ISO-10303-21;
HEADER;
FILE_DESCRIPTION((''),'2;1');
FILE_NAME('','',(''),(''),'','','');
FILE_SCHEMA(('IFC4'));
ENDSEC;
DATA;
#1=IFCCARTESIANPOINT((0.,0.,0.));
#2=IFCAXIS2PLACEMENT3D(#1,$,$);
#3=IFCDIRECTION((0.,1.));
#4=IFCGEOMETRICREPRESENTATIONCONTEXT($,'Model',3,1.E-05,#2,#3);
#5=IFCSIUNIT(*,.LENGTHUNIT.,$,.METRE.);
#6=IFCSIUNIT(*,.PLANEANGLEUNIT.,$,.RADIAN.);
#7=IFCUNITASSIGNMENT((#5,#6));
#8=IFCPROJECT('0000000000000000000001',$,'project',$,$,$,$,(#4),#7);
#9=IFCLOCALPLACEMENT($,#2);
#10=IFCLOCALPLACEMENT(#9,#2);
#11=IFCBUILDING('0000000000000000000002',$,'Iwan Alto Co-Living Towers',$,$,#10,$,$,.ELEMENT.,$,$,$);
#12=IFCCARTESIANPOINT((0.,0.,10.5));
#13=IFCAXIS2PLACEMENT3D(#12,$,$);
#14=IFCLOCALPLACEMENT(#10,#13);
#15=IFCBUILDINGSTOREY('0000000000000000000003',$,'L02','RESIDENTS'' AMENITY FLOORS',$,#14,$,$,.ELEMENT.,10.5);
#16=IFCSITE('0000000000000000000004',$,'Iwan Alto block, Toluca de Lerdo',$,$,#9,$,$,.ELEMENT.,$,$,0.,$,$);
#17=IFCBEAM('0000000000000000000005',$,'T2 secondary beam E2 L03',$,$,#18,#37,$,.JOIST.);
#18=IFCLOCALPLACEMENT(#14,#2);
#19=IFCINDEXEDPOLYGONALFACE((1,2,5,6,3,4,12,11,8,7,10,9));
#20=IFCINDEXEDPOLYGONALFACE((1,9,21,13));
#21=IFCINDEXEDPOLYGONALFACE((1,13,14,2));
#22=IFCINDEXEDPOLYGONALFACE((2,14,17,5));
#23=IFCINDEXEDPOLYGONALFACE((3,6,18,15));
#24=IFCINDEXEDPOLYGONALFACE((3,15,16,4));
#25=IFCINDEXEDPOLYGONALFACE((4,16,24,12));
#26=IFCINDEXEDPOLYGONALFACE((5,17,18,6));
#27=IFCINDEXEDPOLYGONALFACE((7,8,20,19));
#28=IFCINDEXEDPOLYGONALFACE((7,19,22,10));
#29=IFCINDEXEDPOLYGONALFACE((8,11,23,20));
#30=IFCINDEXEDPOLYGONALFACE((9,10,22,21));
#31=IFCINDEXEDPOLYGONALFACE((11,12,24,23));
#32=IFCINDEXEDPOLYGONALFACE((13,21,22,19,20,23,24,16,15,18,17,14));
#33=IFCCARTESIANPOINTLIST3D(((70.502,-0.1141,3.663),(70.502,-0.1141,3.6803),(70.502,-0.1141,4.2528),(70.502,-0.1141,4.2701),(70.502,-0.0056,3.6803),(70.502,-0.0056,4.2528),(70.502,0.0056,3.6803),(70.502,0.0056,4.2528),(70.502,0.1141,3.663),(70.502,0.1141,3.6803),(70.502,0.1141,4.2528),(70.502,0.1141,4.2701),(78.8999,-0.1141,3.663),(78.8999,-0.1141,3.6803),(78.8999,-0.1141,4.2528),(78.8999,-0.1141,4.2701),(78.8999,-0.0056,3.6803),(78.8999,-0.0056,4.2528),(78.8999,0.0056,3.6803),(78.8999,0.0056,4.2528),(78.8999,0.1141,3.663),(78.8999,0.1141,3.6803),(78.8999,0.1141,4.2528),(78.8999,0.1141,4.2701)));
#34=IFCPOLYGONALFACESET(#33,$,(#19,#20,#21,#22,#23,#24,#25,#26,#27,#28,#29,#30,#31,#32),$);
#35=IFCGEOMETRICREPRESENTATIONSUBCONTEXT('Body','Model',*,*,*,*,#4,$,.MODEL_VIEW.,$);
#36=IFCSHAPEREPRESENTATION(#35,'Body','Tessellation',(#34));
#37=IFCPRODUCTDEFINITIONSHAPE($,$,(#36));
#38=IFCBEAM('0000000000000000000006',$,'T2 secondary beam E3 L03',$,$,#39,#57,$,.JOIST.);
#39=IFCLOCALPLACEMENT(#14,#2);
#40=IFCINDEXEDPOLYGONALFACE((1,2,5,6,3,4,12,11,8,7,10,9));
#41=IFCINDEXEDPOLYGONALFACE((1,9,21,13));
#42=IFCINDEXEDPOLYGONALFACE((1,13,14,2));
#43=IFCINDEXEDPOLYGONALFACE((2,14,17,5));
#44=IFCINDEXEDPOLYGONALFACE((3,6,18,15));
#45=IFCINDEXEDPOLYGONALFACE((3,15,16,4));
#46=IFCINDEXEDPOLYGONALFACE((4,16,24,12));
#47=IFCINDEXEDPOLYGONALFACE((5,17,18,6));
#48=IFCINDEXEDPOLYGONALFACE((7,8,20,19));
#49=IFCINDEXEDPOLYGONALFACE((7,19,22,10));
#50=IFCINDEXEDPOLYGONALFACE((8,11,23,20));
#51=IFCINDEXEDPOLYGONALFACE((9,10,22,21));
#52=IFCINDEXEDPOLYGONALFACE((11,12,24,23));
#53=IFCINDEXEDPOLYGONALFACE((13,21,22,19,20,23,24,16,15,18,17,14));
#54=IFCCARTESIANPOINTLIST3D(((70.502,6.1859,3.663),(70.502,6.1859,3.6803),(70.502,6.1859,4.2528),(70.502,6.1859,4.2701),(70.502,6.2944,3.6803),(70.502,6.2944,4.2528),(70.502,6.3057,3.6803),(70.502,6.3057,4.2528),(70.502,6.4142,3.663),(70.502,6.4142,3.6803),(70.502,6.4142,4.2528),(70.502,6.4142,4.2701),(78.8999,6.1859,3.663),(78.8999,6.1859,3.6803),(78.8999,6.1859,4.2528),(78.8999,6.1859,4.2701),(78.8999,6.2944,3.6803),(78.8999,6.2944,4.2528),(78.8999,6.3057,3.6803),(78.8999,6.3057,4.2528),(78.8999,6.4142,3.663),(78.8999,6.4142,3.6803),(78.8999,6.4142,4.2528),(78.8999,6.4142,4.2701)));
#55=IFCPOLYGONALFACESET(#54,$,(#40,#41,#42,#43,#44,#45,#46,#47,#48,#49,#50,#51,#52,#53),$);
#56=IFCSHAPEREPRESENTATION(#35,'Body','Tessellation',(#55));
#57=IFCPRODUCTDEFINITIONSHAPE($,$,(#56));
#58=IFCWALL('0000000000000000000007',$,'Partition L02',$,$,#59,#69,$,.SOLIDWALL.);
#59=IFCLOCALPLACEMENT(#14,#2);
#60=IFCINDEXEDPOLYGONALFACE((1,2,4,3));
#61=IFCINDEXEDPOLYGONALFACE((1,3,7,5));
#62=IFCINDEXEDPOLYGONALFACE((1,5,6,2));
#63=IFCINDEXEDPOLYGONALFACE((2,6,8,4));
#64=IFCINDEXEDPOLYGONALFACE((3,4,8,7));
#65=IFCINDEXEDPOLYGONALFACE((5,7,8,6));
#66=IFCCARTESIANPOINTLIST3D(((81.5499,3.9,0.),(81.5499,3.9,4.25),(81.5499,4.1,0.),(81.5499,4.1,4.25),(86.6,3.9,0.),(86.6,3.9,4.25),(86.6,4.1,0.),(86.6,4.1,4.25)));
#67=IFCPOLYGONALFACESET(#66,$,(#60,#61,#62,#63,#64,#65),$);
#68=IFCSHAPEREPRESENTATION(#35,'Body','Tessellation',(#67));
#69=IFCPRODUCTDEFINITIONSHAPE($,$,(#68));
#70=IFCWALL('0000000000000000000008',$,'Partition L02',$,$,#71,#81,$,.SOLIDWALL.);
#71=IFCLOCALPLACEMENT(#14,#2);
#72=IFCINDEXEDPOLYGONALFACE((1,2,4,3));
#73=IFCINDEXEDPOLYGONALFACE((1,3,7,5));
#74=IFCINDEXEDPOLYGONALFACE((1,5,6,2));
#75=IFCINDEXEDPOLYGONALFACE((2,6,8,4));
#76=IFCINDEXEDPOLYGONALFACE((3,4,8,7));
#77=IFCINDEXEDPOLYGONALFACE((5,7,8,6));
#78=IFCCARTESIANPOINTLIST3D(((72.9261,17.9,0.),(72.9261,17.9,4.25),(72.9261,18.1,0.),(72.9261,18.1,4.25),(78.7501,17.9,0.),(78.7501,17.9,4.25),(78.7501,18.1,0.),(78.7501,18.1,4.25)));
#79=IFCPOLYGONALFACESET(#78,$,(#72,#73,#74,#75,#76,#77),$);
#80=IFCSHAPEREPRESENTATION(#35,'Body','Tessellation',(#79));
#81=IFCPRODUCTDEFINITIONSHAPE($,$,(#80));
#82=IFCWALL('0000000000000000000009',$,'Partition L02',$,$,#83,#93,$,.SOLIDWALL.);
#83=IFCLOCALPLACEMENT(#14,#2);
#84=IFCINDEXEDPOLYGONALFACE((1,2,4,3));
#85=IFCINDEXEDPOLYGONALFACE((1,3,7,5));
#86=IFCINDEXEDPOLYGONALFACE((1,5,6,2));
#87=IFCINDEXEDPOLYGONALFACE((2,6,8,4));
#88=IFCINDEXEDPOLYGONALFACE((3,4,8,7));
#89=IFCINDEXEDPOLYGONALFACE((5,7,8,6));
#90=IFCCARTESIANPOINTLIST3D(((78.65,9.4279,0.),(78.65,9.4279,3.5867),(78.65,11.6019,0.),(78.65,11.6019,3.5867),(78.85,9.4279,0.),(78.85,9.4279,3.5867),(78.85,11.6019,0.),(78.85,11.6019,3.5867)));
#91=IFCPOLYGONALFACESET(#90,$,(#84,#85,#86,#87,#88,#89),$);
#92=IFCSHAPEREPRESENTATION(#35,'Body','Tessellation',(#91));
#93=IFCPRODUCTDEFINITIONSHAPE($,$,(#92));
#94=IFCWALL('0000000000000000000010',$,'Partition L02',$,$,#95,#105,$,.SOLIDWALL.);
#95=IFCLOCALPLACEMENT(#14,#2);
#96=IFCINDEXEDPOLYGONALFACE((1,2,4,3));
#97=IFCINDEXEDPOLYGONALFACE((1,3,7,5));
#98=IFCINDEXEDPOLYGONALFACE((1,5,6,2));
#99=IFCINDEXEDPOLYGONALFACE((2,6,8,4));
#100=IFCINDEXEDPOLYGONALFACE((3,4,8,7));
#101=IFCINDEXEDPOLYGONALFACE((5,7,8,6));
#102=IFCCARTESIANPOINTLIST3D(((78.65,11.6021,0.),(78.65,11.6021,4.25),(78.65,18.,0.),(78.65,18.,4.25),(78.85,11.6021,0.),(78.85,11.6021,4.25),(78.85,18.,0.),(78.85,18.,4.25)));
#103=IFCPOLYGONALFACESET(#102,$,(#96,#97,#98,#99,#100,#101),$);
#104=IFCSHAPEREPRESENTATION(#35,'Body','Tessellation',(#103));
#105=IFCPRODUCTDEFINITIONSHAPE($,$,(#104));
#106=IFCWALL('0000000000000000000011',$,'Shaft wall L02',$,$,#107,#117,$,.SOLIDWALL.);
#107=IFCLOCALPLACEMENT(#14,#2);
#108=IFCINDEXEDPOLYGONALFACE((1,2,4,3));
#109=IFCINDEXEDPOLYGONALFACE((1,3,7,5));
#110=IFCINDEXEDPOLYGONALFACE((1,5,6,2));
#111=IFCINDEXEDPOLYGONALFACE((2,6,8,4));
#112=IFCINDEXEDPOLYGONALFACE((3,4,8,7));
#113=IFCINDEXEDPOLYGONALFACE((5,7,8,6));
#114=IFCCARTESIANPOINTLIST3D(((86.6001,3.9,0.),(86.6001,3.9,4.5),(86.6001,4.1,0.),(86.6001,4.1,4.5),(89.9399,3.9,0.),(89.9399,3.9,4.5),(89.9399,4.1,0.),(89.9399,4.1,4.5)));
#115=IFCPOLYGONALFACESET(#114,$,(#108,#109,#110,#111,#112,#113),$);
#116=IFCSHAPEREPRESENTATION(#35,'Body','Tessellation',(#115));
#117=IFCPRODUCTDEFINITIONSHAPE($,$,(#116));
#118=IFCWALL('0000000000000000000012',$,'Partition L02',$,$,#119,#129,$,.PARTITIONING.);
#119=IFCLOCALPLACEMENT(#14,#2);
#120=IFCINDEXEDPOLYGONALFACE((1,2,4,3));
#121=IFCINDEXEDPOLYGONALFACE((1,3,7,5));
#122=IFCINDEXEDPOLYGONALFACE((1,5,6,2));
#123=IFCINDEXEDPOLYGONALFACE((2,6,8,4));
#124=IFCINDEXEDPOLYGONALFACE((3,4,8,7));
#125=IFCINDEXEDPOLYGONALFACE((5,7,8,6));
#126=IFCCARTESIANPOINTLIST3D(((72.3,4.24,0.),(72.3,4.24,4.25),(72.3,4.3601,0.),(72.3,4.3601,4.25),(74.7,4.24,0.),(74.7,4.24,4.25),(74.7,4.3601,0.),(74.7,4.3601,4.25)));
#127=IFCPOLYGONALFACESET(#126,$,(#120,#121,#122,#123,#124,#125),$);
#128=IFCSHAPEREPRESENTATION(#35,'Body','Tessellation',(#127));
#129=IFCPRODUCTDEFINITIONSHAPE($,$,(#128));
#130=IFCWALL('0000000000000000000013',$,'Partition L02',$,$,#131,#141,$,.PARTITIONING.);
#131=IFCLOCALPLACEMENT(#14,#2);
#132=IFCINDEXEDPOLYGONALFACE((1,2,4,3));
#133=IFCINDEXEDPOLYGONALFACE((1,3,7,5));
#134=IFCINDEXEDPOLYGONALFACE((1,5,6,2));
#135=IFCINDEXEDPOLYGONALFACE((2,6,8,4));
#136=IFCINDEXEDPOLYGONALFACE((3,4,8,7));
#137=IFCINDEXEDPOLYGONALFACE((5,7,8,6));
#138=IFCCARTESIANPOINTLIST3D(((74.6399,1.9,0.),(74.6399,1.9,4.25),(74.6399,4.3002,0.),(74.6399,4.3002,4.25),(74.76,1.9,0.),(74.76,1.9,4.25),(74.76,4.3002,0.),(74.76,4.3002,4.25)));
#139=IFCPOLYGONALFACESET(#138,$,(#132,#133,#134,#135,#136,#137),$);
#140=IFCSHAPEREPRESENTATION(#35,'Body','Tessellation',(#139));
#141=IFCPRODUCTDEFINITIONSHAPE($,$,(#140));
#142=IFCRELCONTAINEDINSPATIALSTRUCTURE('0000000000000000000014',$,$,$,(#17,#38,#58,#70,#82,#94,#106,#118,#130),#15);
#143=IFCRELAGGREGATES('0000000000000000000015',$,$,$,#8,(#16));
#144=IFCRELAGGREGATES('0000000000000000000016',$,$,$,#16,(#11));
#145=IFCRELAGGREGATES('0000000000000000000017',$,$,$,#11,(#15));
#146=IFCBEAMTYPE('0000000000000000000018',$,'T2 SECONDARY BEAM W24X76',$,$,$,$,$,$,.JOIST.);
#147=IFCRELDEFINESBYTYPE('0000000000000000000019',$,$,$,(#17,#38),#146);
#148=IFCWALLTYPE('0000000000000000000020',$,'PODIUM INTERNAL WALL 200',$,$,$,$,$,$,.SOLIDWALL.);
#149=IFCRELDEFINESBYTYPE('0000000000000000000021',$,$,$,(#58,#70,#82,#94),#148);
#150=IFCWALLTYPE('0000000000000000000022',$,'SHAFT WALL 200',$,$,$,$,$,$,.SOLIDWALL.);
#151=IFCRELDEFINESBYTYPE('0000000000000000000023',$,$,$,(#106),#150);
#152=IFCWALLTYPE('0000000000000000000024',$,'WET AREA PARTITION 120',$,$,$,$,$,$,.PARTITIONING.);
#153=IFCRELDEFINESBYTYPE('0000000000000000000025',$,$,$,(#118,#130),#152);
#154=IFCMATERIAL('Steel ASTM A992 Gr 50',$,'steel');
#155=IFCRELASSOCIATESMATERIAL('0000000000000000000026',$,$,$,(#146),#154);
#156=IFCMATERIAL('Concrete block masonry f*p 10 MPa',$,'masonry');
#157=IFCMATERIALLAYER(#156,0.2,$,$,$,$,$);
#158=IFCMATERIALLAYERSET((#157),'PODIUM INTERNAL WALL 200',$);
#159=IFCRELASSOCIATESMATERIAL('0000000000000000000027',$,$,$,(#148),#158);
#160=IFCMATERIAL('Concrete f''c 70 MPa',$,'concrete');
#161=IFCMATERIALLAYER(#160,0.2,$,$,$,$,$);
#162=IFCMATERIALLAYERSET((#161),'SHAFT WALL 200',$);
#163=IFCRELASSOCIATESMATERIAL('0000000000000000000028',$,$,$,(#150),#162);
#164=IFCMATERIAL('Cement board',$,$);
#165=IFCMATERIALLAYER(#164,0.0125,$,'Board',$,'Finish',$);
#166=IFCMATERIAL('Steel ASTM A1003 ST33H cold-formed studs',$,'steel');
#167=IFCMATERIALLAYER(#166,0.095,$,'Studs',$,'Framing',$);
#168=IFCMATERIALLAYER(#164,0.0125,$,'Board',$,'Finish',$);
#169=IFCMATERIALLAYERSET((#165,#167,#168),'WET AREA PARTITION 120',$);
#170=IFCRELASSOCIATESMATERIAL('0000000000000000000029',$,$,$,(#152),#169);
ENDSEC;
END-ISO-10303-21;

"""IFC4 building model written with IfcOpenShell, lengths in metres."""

from ifc_helpers import new_model, si_unit, direction, frame, frame_2d, origin, origin_2d, place, context, subcontext, project, spatial, rectangle, i_section, extrude, material, layer, layer_set, material_profile, profile_set, type_object, element, save


model = new_model("IFC4")

# Units and contexts
model_context = context("Model", 3, precision=1e-05, world=origin(), true_north=direction((0.0, 1.0)))
body_context = subcontext(model_context, "Body", "Model", "MODEL_VIEW")
ifc_project = project(units=[si_unit("LENGTHUNIT", "METRE"), si_unit("PLANEANGLEUNIT", "RADIAN")], contexts=[model_context])

# Site, building, storey
site_placement = place(None, origin())
site = spatial("IfcSite", under=ifc_project, at=site_placement, Name="Iwan Alto block, Toluca de Lerdo", CompositionType="ELEMENT", RefElevation=0.0)
building_placement = place(site_placement, origin())
building = spatial("IfcBuilding", under=site, at=building_placement, Name="Iwan Alto Co-Living Towers", CompositionType="ELEMENT")
storey_placement = place(building_placement, frame((0.0, 0.0, 10.5)))
storey = spatial("IfcBuildingStorey", under=building, at=storey_placement, Name="L02", Description="RESIDENTS' AMENITY FLOORS", CompositionType="ELEMENT", Elevation=10.5)

# Beams
ifc_material_1 = material(Name="Steel ASTM A992 Gr 50", Category="steel")
ifc_material_profile_1 = material_profile(ifc_material_1, i_section(OverallWidth=0.2283, OverallDepth=0.6072, WebThickness=0.0112, FlangeThickness=0.0173, at=origin_2d()), Name="W24X76")
ifc_profile_set_1 = profile_set([ifc_material_profile_1], Name="Steel ASTM A992 Gr 50")
beam_type_1 = type_object("IfcBeamType", Name="T2 SECONDARY BEAM W24X76", PredefinedType="JOIST", material=ifc_profile_set_1)
for number, where, z_axis, x_axis, name in (
    (1, (78.8999, 0.0, 3.9666), (-1.0, 0.0, 0.0), (0.0, -1.0, 0.0), "T2 secondary beam E2 L03"),
    (2, (78.8999, 6.3, 3.9666), (-1.0, 0.0, 0.0), (0.0, -1.0, 0.0), "T2 secondary beam E3 L03"),
):
    element("IfcBeam", number, at=place(storey_placement, frame(where, z_axis=z_axis, x_axis=x_axis)), inside=storey, type_object=beam_type_1, Name=name, PredefinedType="JOIST", context=body_context, shape_type="SweptSolid", body=[
        extrude(i_section(OverallWidth=0.2283, OverallDepth=0.6072, WebThickness=0.0112, FlangeThickness=0.0173, at=origin_2d()), origin(), (0.0, 0.0, 1.0), 8.3979),
    ])

# Walls
ifc_material_2 = material(Name="Concrete block masonry f*p 10 MPa", Category="masonry")
ifc_layer_1 = layer(ifc_material_2, 0.2)
ifc_layer_set_1 = layer_set([ifc_layer_1], Name="PODIUM INTERNAL WALL 200")
wall_type_1 = type_object("IfcWallType", Name="PODIUM INTERNAL WALL 200", PredefinedType="SOLIDWALL", material=ifc_layer_set_1)
wall_1_placement = place(storey_placement, frame((81.55, 4.0, 0.0), z_axis=(0.0, 0.0, 1.0), x_axis=(1.0, 0.0, 0.0)))
element("IfcWall", 3, at=wall_1_placement, inside=storey, type_object=wall_type_1, Name="Partition L02", PredefinedType="SOLIDWALL", context=body_context, shape_type="SweptSolid", body=[
    extrude(rectangle(XDim=5.05, YDim=0.2, at=frame_2d((2.5249, 0.0))), origin(), (0.0, 0.0, 1.0), 4.25),
])
wall_2_placement = place(storey_placement, frame((72.926, 18.0, 0.0), z_axis=(0.0, 0.0, 1.0), x_axis=(1.0, 0.0, 0.0)))
element("IfcWall", 4, at=wall_2_placement, inside=storey, type_object=wall_type_1, Name="Partition L02", PredefinedType="SOLIDWALL", context=body_context, shape_type="SweptSolid", body=[
    extrude(rectangle(XDim=5.824, YDim=0.2, at=frame_2d((2.9121, 0.0))), origin(), (0.0, 0.0, 1.0), 4.25),
])
wall_3_placement = place(storey_placement, frame((78.75, 9.428, 0.0), z_axis=(0.0, 0.0, 1.0), x_axis=(0.0, 1.0, 0.0)))
element("IfcWall", 5, at=wall_3_placement, inside=storey, type_object=wall_type_1, Name="Partition L02", PredefinedType="SOLIDWALL", context=body_context, shape_type="SweptSolid", body=[
    extrude(rectangle(XDim=2.1741, YDim=0.2, at=frame_2d((1.0869, 0.0))), origin(), (0.0, 0.0, 1.0), 3.5867),
])
wall_4_placement = place(storey_placement, frame((78.75, 11.6021, 0.0), z_axis=(0.0, 0.0, 1.0), x_axis=(0.0, 1.0, 0.0)))
element("IfcWall", 6, at=wall_4_placement, inside=storey, type_object=wall_type_1, Name="Partition L02", PredefinedType="SOLIDWALL", context=body_context, shape_type="SweptSolid", body=[
    extrude(rectangle(XDim=6.3979, YDim=0.2, at=frame_2d((3.199, 0.0))), origin(), (0.0, 0.0, 1.0), 4.25),
])
ifc_material_3 = material(Name="Concrete f'c 70 MPa", Category="concrete")
ifc_layer_2 = layer(ifc_material_3, 0.2)
ifc_layer_set_2 = layer_set([ifc_layer_2], Name="SHAFT WALL 200")
wall_type_2 = type_object("IfcWallType", Name="SHAFT WALL 200", PredefinedType="SOLIDWALL", material=ifc_layer_set_2)
wall_5_placement = place(storey_placement, frame((86.6001, 4.0, 0.0), z_axis=(0.0, 0.0, 1.0), x_axis=(1.0, 0.0, 0.0)))
element("IfcWall", 7, at=wall_5_placement, inside=storey, type_object=wall_type_2, Name="Shaft wall L02", PredefinedType="SOLIDWALL", context=body_context, shape_type="SweptSolid", body=[
    extrude(rectangle(XDim=3.3398, YDim=0.2, at=frame_2d((1.6699, 0.0))), origin(), (0.0, 0.0, 1.0), 4.5),
])
ifc_material_4 = material(Name="Cement board")
ifc_layer_3 = layer(ifc_material_4, 0.0125, Name="Board", Category="Finish")
ifc_material_5 = material(Name="Steel ASTM A1003 ST33H cold-formed studs", Category="steel")
ifc_layer_4 = layer(ifc_material_5, 0.095, Name="Studs", Category="Framing")
ifc_layer_5 = layer(ifc_material_4, 0.0125, Name="Board", Category="Finish")
ifc_layer_set_3 = layer_set([ifc_layer_3, ifc_layer_4, ifc_layer_5], Name="WET AREA PARTITION 120")
wall_type_3 = type_object("IfcWallType", Name="WET AREA PARTITION 120", PredefinedType="PARTITIONING", material=ifc_layer_set_3)
wall_6_placement = place(storey_placement, frame((72.3, 4.3, 0.0), z_axis=(0.0, 0.0, 1.0), x_axis=(1.0, 0.0, 0.0)))
element("IfcWall", 8, at=wall_6_placement, inside=storey, type_object=wall_type_3, Name="Partition L02", PredefinedType="PARTITIONING", context=body_context, shape_type="SweptSolid", body=[
    extrude(rectangle(XDim=2.3999, YDim=0.1201, at=frame_2d((1.2, 0.0))), origin(), (0.0, 0.0, 1.0), 4.25),
])
wall_7_placement = place(storey_placement, frame((74.7, 1.8999, 0.0), z_axis=(0.0, 0.0, 1.0), x_axis=(0.0, 1.0, 0.0)))
element("IfcWall", 9, at=wall_7_placement, inside=storey, type_object=wall_type_3, Name="Partition L02", PredefinedType="PARTITIONING", context=body_context, shape_type="SweptSolid", body=[
    extrude(rectangle(XDim=2.4001, YDim=0.1201, at=frame_2d((1.2002, 0.0))), origin(), (0.0, 0.0, 1.0), 4.25),
])

save(model, "model.ifc")
